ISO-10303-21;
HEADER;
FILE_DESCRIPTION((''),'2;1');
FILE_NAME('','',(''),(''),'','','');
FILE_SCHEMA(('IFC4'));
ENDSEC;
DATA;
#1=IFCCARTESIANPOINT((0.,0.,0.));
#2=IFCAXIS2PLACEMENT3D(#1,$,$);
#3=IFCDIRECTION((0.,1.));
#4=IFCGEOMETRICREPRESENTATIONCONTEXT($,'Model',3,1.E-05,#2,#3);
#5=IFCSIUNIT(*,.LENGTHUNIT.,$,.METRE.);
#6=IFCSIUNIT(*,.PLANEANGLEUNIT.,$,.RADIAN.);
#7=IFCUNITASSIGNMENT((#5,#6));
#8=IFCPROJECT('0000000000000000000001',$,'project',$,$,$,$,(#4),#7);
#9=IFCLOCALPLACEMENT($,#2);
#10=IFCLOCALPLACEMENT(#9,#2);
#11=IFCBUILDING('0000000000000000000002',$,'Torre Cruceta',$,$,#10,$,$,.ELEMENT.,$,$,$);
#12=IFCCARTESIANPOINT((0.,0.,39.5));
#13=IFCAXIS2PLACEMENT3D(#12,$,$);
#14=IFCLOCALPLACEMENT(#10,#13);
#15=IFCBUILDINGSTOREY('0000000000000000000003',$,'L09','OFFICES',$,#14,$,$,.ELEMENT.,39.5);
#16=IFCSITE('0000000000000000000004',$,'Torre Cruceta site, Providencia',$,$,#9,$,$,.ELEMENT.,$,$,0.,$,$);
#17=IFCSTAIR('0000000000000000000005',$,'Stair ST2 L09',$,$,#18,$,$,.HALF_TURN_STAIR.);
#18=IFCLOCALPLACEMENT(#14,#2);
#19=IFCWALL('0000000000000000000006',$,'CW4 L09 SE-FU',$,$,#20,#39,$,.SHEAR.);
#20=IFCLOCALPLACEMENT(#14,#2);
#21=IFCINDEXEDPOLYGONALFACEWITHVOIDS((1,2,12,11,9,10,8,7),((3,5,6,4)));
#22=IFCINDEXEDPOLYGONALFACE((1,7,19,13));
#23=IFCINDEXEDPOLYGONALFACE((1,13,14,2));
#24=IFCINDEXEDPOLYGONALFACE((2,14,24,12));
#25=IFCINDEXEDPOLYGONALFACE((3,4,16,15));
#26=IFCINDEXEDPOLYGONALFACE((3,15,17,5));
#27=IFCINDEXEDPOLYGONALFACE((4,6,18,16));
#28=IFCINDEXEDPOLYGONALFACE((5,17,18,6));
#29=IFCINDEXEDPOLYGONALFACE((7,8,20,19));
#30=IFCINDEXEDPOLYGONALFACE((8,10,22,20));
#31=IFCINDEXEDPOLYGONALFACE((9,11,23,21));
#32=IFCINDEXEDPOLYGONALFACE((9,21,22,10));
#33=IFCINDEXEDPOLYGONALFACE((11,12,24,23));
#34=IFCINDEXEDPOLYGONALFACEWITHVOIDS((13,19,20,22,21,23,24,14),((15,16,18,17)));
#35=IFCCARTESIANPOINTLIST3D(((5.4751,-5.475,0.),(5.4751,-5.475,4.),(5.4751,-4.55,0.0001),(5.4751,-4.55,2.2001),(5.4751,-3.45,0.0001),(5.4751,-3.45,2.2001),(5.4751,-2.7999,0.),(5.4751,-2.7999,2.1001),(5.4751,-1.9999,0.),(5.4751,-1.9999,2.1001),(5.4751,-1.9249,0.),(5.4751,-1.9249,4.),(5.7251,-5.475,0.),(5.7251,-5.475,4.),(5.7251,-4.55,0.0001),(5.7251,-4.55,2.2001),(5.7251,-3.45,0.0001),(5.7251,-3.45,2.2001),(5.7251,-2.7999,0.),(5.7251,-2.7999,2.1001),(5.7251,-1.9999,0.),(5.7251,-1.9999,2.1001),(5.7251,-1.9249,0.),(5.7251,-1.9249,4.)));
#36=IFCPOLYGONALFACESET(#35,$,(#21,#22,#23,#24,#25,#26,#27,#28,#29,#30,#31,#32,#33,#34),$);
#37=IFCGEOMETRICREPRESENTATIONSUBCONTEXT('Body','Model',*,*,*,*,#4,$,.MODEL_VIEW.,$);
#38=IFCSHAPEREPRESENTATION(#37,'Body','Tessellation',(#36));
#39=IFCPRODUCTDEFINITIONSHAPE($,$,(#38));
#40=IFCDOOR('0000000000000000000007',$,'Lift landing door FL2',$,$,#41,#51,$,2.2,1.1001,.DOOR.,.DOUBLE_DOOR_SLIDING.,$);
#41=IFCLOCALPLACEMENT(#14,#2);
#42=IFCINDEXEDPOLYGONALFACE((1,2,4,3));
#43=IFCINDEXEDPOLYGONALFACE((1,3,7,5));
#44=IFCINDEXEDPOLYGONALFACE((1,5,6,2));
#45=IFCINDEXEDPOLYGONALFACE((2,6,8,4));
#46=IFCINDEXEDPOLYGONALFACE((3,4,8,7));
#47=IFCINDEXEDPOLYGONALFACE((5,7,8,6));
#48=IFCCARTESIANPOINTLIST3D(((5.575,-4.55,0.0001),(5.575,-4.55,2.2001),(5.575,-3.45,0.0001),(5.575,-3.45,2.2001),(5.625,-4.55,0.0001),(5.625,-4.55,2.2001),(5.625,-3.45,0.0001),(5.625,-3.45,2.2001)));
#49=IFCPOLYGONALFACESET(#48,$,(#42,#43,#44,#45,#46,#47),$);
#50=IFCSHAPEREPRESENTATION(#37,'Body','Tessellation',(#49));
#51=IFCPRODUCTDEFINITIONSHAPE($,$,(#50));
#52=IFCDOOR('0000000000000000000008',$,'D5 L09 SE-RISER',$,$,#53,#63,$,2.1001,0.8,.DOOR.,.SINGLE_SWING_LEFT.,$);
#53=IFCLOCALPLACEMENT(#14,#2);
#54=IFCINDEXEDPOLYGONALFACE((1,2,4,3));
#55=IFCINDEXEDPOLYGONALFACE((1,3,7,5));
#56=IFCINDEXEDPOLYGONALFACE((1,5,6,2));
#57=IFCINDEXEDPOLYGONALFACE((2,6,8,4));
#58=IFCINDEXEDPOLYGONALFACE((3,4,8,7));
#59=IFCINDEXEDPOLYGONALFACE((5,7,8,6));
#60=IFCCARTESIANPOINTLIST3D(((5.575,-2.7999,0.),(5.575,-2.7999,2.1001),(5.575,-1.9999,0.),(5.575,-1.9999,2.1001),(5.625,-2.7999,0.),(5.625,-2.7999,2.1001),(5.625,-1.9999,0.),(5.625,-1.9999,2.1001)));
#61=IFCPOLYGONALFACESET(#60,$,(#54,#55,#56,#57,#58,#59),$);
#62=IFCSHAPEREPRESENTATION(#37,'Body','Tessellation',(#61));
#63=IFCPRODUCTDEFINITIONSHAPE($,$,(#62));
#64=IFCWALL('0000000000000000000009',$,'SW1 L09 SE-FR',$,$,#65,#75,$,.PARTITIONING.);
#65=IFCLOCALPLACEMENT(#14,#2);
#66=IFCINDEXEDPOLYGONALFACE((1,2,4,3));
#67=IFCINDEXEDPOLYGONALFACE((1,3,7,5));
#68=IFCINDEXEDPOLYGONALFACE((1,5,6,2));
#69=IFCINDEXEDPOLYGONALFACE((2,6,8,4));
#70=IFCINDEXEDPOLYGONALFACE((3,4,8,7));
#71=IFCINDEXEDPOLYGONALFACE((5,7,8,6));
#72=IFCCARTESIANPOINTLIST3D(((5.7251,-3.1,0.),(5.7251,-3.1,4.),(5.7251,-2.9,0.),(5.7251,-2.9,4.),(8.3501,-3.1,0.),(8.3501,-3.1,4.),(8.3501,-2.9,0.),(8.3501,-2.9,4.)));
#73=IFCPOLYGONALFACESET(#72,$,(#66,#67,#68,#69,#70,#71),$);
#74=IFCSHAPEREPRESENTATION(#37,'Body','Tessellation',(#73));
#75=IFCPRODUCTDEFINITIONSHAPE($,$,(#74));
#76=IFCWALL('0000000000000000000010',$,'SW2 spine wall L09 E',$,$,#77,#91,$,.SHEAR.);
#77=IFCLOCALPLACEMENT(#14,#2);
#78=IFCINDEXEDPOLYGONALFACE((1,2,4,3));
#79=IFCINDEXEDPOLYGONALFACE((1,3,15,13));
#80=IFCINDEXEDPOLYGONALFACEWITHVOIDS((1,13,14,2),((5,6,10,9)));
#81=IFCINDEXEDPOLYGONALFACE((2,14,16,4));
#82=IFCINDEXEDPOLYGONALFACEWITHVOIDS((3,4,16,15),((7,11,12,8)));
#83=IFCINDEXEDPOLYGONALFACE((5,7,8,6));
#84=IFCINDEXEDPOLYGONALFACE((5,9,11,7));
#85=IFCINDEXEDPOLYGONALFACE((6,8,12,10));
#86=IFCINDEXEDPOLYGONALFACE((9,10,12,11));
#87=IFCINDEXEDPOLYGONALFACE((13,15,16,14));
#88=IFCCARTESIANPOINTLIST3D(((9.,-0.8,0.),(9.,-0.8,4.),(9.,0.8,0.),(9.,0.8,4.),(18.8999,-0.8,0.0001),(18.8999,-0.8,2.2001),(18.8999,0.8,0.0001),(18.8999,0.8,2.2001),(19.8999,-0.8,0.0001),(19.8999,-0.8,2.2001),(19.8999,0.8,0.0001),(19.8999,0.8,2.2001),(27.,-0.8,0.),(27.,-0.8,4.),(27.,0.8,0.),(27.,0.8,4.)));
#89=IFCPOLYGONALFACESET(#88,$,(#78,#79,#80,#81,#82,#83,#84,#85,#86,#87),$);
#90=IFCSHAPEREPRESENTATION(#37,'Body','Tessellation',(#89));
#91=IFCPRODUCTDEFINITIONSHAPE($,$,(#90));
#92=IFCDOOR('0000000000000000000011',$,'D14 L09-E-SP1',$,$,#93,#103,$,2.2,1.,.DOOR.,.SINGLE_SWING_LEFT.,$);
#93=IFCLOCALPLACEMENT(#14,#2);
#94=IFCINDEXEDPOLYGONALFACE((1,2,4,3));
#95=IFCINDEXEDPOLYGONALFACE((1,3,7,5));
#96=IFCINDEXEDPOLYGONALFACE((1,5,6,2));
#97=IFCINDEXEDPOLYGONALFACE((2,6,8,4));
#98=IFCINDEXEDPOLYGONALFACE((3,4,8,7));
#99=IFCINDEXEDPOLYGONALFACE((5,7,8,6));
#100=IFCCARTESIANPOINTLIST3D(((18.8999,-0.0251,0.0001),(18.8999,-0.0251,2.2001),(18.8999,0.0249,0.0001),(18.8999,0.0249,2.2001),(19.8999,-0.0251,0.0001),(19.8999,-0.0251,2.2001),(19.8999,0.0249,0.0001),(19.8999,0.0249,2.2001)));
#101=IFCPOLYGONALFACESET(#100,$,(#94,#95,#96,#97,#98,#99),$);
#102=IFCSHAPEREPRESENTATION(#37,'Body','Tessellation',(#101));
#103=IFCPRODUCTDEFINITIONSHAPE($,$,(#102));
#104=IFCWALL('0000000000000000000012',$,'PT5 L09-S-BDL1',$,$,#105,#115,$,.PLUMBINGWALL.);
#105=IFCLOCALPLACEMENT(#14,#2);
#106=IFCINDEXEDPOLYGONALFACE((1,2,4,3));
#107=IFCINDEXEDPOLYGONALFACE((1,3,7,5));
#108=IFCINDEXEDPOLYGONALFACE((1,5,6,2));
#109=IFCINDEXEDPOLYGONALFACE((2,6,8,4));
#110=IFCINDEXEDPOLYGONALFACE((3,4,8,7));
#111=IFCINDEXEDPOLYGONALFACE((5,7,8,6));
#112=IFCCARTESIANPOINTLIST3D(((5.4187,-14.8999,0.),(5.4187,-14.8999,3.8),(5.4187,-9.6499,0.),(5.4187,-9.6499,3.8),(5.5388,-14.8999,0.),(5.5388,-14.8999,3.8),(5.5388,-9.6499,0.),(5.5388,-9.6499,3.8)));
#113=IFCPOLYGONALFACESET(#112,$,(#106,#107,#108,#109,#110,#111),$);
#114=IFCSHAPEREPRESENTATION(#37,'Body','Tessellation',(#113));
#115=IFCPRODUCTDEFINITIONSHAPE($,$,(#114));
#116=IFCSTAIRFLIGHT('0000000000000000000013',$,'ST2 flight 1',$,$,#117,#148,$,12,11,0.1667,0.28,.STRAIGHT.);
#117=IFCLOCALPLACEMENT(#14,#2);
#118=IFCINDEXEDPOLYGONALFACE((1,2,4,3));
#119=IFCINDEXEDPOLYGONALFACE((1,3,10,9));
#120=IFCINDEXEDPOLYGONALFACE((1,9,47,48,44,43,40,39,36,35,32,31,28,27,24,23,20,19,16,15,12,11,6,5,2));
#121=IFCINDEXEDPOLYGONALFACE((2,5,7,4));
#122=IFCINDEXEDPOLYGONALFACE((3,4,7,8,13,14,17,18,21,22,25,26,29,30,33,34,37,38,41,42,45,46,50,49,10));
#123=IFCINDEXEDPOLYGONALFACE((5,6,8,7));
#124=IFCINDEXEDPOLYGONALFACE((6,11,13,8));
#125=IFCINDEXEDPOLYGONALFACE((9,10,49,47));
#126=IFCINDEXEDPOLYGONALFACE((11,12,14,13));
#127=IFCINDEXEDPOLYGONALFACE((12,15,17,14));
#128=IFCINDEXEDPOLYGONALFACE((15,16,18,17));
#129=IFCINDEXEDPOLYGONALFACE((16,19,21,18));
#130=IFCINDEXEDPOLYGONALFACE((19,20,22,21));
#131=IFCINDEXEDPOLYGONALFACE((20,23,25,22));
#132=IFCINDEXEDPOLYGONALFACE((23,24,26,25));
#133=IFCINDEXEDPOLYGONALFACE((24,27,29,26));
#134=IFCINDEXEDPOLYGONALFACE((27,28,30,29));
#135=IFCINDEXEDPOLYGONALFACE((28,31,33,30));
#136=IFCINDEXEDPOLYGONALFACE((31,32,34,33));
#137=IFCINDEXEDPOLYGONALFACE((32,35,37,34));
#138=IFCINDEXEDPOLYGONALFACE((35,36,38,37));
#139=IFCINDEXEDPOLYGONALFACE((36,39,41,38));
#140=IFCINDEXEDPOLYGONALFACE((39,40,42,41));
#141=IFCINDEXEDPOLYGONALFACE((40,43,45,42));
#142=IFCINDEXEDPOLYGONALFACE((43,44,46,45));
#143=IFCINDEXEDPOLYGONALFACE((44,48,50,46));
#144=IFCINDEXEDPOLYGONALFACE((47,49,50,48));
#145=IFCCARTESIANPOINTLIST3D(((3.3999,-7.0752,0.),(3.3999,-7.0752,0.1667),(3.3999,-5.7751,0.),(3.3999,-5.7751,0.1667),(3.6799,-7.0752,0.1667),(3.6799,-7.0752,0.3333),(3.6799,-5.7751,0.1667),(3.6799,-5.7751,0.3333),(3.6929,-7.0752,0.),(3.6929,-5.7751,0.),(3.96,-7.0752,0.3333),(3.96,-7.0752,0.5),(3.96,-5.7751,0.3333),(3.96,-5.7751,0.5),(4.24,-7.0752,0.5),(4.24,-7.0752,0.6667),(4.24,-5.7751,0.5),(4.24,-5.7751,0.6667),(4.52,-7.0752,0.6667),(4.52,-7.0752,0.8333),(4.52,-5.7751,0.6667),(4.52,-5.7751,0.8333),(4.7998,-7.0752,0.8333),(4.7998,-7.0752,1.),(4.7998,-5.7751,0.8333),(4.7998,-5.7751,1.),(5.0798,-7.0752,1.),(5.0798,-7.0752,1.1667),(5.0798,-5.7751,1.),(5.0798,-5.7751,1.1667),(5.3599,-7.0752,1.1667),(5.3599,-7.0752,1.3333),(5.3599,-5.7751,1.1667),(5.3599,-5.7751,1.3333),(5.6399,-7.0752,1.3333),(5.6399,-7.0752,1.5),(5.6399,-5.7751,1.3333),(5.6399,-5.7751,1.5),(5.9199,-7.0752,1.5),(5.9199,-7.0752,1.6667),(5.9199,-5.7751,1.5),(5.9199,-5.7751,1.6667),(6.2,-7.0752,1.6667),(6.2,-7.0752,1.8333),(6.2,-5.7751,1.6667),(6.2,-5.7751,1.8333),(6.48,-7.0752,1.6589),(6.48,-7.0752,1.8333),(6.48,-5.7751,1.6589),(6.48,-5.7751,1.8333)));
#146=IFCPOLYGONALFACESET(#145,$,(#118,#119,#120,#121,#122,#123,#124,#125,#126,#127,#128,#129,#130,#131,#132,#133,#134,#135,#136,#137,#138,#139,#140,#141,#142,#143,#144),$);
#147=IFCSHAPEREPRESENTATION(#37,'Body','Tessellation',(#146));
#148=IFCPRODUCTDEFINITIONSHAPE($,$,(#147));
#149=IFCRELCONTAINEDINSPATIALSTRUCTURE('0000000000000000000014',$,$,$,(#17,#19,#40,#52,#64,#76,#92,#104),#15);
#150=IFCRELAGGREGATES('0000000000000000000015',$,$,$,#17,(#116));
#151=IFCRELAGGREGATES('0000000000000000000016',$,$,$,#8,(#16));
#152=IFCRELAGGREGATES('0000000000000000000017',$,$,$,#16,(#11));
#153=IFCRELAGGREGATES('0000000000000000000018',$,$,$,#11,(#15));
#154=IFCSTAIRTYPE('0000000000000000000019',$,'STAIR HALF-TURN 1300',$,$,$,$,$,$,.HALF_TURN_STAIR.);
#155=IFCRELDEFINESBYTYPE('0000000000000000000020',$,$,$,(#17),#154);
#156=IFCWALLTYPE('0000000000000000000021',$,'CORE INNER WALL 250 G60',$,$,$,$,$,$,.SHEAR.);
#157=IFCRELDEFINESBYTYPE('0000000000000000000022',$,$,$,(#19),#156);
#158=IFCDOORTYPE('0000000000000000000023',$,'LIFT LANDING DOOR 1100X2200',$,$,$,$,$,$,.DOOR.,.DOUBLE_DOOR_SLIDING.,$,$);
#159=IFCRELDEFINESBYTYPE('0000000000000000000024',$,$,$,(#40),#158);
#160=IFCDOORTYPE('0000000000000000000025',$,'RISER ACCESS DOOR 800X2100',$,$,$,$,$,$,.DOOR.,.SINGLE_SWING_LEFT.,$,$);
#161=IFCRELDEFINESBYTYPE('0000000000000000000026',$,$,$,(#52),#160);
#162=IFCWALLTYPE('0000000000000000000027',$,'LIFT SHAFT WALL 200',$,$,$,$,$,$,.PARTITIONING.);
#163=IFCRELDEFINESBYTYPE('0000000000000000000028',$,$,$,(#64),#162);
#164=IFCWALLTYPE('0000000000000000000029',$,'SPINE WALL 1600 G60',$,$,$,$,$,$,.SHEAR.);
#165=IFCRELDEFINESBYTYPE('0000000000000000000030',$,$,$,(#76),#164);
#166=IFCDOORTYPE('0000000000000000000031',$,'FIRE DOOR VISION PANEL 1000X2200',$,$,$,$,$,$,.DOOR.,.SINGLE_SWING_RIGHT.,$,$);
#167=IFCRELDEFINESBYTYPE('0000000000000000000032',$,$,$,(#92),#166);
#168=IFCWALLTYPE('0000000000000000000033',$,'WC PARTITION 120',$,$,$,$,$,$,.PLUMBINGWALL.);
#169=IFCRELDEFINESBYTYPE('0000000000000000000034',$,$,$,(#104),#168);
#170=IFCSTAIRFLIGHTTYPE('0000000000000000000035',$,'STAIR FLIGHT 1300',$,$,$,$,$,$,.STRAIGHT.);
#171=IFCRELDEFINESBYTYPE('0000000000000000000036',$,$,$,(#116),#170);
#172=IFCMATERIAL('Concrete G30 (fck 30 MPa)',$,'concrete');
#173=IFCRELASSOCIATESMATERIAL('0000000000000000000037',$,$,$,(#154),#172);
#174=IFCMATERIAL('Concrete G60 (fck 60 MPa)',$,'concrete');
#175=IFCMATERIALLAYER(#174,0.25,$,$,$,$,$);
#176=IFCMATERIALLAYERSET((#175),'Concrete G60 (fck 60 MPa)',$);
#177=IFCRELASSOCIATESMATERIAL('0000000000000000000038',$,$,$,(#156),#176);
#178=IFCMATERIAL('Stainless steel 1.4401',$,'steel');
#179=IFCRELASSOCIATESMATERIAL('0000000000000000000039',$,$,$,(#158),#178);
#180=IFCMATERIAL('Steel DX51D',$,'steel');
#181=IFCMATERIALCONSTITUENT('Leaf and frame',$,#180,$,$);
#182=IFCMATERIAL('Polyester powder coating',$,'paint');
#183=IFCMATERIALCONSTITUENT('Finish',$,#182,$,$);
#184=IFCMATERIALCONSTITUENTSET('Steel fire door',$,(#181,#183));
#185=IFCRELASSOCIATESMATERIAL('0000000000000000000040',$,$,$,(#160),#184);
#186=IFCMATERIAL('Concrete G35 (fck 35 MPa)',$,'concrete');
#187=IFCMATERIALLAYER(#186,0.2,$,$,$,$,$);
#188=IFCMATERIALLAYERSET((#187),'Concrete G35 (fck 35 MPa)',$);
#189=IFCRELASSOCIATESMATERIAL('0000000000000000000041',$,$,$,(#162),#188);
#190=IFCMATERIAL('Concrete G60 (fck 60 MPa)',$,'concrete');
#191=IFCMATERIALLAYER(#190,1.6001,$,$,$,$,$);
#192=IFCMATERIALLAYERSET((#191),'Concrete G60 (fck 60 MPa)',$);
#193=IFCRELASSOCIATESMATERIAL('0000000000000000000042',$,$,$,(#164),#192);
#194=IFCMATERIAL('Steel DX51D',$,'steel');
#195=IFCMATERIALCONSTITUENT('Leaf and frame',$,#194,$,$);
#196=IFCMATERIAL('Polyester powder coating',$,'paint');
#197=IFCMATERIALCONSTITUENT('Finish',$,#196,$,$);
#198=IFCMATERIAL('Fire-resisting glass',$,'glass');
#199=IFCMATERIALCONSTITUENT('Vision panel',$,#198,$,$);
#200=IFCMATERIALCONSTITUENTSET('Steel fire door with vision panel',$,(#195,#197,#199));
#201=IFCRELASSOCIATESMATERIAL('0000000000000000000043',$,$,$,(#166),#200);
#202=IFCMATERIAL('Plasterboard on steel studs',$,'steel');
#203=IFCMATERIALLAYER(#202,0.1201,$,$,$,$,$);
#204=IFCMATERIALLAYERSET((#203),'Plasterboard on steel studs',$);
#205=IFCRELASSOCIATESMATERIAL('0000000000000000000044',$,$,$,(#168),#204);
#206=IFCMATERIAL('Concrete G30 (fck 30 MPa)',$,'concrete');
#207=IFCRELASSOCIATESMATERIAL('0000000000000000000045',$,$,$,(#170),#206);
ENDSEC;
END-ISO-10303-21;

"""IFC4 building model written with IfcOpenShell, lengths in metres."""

from ifc_helpers import new_model, si_unit, direction, frame, frame_2d, origin, place, context, subcontext, project, spatial, polyline, rectangle, outline, extrude, material, layer, layer_set, constituent, constituent_set, type_object, element, fill, aggregate, save


model = new_model("IFC4")

# Units and contexts
model_context = context("Model", 3, precision=1e-05, world=origin(), true_north=direction((0.0, 1.0)))
body_context = subcontext(model_context, "Body", "Model", "MODEL_VIEW")
ifc_project = project(units=[si_unit("LENGTHUNIT", "METRE"), si_unit("PLANEANGLEUNIT", "RADIAN")], contexts=[model_context])

# Site, building, storey
site_placement = place(None, origin())
site = spatial("IfcSite", under=ifc_project, at=site_placement, Name="Torre Cruceta site, Providencia", CompositionType="ELEMENT", RefElevation=0.0)
building_placement = place(site_placement, origin())
building = spatial("IfcBuilding", under=site, at=building_placement, Name="Torre Cruceta", CompositionType="ELEMENT")
storey_placement = place(building_placement, frame((0.0, 0.0, 39.5)))
storey = spatial("IfcBuildingStorey", under=building, at=storey_placement, Name="L09", Description="OFFICES", CompositionType="ELEMENT", Elevation=39.5)

# Stair
ifc_material_1 = material(Name="Concrete G30 (fck 30 MPa)", Category="concrete")
stair_type = type_object("IfcStairType", Name="STAIR HALF-TURN 1300", PredefinedType="HALF_TURN_STAIR", material=ifc_material_1)
stair_1_placement = place(storey_placement, origin())
stair_1 = element("IfcStair", 1, at=stair_1_placement, inside=storey, type_object=stair_type, Name="Stair ST2 L09", PredefinedType="HALF_TURN_STAIR")

# Shared definitions
ifc_material_2 = material(Name="Concrete G60 (fck 60 MPa)", Category="concrete")
ifc_layer_1 = layer(ifc_material_2, 0.25)
ifc_layer_set_1 = layer_set([ifc_layer_1], Name="Concrete G60 (fck 60 MPa)")
wall_type_1 = type_object("IfcWallType", Name="CORE INNER WALL 250 G60", PredefinedType="SHEAR", material=ifc_layer_set_1)

# Wall, openings, doors
wall_1_placement = place(storey_placement, frame((5.6001, -1.925, 0.0), z_axis=(0.0, 0.0, 1.0), x_axis=(0.0, -1.0, 0.0)))
wall_1 = element("IfcWall", 2, at=wall_1_placement, inside=storey, type_object=wall_type_1, Name="CW4 L09 SE-FU", PredefinedType="SHEAR", context=body_context, shape_type="SweptSolid", body=[
    extrude(rectangle(XDim=3.55, YDim=0.25, at=frame_2d((1.7749, 0.0))), origin(), (0.0, 0.0, 1.0), 4.0),
])
opening_1_placement = place(wall_1_placement, frame((1.5249, 0.0, 0.0)))
opening_1 = element("IfcOpeningElement", 3, at=opening_1_placement, cuts=wall_1, PredefinedType="OPENING", context=body_context, shape_type="SweptSolid", body=[
    extrude(rectangle(XDim=1.1001, YDim=2.2, at=frame_2d((0.55, 1.1001))), frame((0.0, 0.135, 0.0), z_axis=(0.0, -1.0, 0.0), x_axis=(1.0, 0.0, 0.0)), (0.0, 0.0, 1.0), 0.27),
])
opening_2_placement = place(wall_1_placement, frame((0.075, 0.0, 0.0)))
opening_2 = element("IfcOpeningElement", 4, at=opening_2_placement, cuts=wall_1, PredefinedType="OPENING", context=body_context, shape_type="SweptSolid", body=[
    extrude(rectangle(XDim=0.8, YDim=2.1001, at=frame_2d((0.3999, 1.05))), frame((0.0, 0.135, 0.0), z_axis=(0.0, -1.0, 0.0), x_axis=(1.0, 0.0, 0.0)), (0.0, 0.0, 1.0), 0.27),
])
ifc_material_3 = material(Name="Stainless steel 1.4401", Category="steel")
door_type_1 = type_object("IfcDoorType", Name="LIFT LANDING DOOR 1100X2200", OperationType="DOUBLE_DOOR_SLIDING", PredefinedType="DOOR", material=ifc_material_3)
door_1_placement = place(opening_1_placement, origin())
door_1 = element("IfcDoor", 5, at=door_1_placement, inside=storey, type_object=door_type_1, Name="Lift landing door FL2", OperationType="DOUBLE_DOOR_SLIDING", OverallHeight=2.2, OverallWidth=1.1001, PredefinedType="DOOR", context=body_context, shape_type="SweptSolid", body=[
    extrude(rectangle(XDim=1.1001, YDim=2.2, at=frame_2d((0.55, 1.1001))), frame((0.0, 0.0249, 0.0), z_axis=(0.0, -1.0, 0.0), x_axis=(1.0, 0.0, 0.0)), (0.0, 0.0, 1.0), 0.05),
])
fill(opening_1, door_1)
ifc_material_4 = material(Name="Steel DX51D", Category="steel")
ifc_constituent_1 = constituent(ifc_material_4, Name="Leaf and frame")
ifc_material_5 = material(Name="Polyester powder coating", Category="paint")
ifc_constituent_2 = constituent(ifc_material_5, Name="Finish")
ifc_constituent_set_1 = constituent_set(constituents=[ifc_constituent_1, ifc_constituent_2], Name="Steel fire door")
door_type_2 = type_object("IfcDoorType", Name="RISER ACCESS DOOR 800X2100", OperationType="SINGLE_SWING_LEFT", PredefinedType="DOOR", material=ifc_constituent_set_1)
door_2_placement = place(opening_2_placement, origin())
door_2 = element("IfcDoor", 6, at=door_2_placement, inside=storey, type_object=door_type_2, Name="D5 L09 SE-RISER", OperationType="SINGLE_SWING_LEFT", OverallHeight=2.1001, OverallWidth=0.8, PredefinedType="DOOR", context=body_context, shape_type="SweptSolid", body=[
    extrude(rectangle(XDim=0.8, YDim=2.1001, at=frame_2d((0.3999, 1.05))), frame((0.0, 0.0249, 0.0), z_axis=(0.0, -1.0, 0.0), x_axis=(1.0, 0.0, 0.0)), (0.0, 0.0, 1.0), 0.05),
])
fill(opening_2, door_2)

# Wall
ifc_material_6 = material(Name="Concrete G35 (fck 35 MPa)", Category="concrete")
ifc_layer_2 = layer(ifc_material_6, 0.2)
ifc_layer_set_2 = layer_set([ifc_layer_2], Name="Concrete G35 (fck 35 MPa)")
wall_type_2 = type_object("IfcWallType", Name="LIFT SHAFT WALL 200", PredefinedType="PARTITIONING", material=ifc_layer_set_2)
wall_2_placement = place(storey_placement, frame((5.7251, -3.0, 0.0), z_axis=(0.0, 0.0, 1.0), x_axis=(1.0, 0.0, 0.0)))
element("IfcWall", 7, at=wall_2_placement, inside=storey, type_object=wall_type_2, Name="SW1 L09 SE-FR", PredefinedType="PARTITIONING", context=body_context, shape_type="SweptSolid", body=[
    extrude(rectangle(XDim=2.625, YDim=0.2, at=frame_2d((1.3125, 0.0))), origin(), (0.0, 0.0, 1.0), 4.0),
])

# Wall, opening, door
ifc_material_7 = material(Name="Concrete G60 (fck 60 MPa)", Category="concrete")
ifc_layer_3 = layer(ifc_material_7, 1.6001)
ifc_layer_set_3 = layer_set([ifc_layer_3], Name="Concrete G60 (fck 60 MPa)")
wall_type_3 = type_object("IfcWallType", Name="SPINE WALL 1600 G60", PredefinedType="SHEAR", material=ifc_layer_set_3)
wall_3_placement = place(storey_placement, frame((9.0, 0.0, 0.0), z_axis=(0.0, 0.0, 1.0), x_axis=(1.0, 0.0, 0.0)))
wall_3 = element("IfcWall", 8, at=wall_3_placement, inside=storey, type_object=wall_type_3, Name="SW2 spine wall L09 E", PredefinedType="SHEAR", context=body_context, shape_type="SweptSolid", body=[
    extrude(rectangle(XDim=18.0, YDim=1.6001, at=frame_2d((9.0, 0.0))), origin(), (0.0, 0.0, 1.0), 4.0),
])
opening_3_placement = place(wall_3_placement, frame((9.8999, 0.0, 0.0)))
opening_3 = element("IfcOpeningElement", 9, at=opening_3_placement, cuts=wall_3, PredefinedType="OPENING", context=body_context, shape_type="SweptSolid", body=[
    extrude(rectangle(XDim=1.0, YDim=2.2, at=frame_2d((0.5, 1.1001))), frame((0.0, 0.8101, 0.0), z_axis=(0.0, -1.0, 0.0), x_axis=(1.0, 0.0, 0.0)), (0.0, 0.0, 1.0), 1.6201),
])
ifc_material_8 = material(Name="Steel DX51D", Category="steel")
ifc_constituent_3 = constituent(ifc_material_8, Name="Leaf and frame")
ifc_material_9 = material(Name="Polyester powder coating", Category="paint")
ifc_constituent_4 = constituent(ifc_material_9, Name="Finish")
ifc_material_10 = material(Name="Fire-resisting glass", Category="glass")
ifc_constituent_5 = constituent(ifc_material_10, Name="Vision panel")
ifc_constituent_set_2 = constituent_set(constituents=[ifc_constituent_3, ifc_constituent_4, ifc_constituent_5], Name="Steel fire door with vision panel")
door_type_3 = type_object("IfcDoorType", Name="FIRE DOOR VISION PANEL 1000X2200", OperationType="SINGLE_SWING_RIGHT", PredefinedType="DOOR", material=ifc_constituent_set_2)
door_3_placement = place(opening_3_placement, frame((1.0, 0.0, 0.0), z_axis=(0.0, 0.0, 1.0), x_axis=(-1.0, 0.0, 0.0)))
door_3 = element("IfcDoor", 10, at=door_3_placement, inside=storey, type_object=door_type_3, Name="D14 L09-E-SP1", OperationType="SINGLE_SWING_LEFT", OverallHeight=2.2, OverallWidth=1.0, PredefinedType="DOOR", context=body_context, shape_type="SweptSolid", body=[
    extrude(rectangle(XDim=1.0, YDim=2.2, at=frame_2d((0.5, 1.1001))), frame((0.0, 0.0251, 0.0), z_axis=(0.0, -1.0, 0.0), x_axis=(1.0, 0.0, 0.0)), (0.0, 0.0, 1.0), 0.05),
])
fill(opening_3, door_3)

# Wall
ifc_material_11 = material(Name="Plasterboard on steel studs", Category="steel")
ifc_layer_4 = layer(ifc_material_11, 0.1201)
ifc_layer_set_4 = layer_set([ifc_layer_4], Name="Plasterboard on steel studs")
wall_type_4 = type_object("IfcWallType", Name="WC PARTITION 120", PredefinedType="PLUMBINGWALL", material=ifc_layer_set_4)
wall_4_placement = place(storey_placement, frame((5.4788, -9.6499, 0.0), z_axis=(0.0, 0.0, 1.0), x_axis=(0.0, -1.0, 0.0)))
element("IfcWall", 11, at=wall_4_placement, inside=storey, type_object=wall_type_4, Name="PT5 L09-S-BDL1", PredefinedType="PLUMBINGWALL", context=body_context, shape_type="SweptSolid", body=[
    extrude(rectangle(XDim=5.25, YDim=0.1201, at=frame_2d((2.625, 0.0))), origin(), (0.0, 0.0, 1.0), 3.8),
])

# Stair flight
ifc_material_12 = material(Name="Concrete G30 (fck 30 MPa)", Category="concrete")
stair_flight_type = type_object("IfcStairFlightType", Name="STAIR FLIGHT 1300", PredefinedType="STRAIGHT", material=ifc_material_12)
stair_flight_1_placement = place(storey_placement, frame((3.3999, -6.425, 0.0), z_axis=(0.0, 0.0, 1.0), x_axis=(1.0, 0.0, 0.0)))
stair_flight_1 = element("IfcStairFlight", 12, at=stair_flight_1_placement, type_object=stair_flight_type, Name="ST2 flight 1", NumberOfRisers=12, NumberOfTreads=11, PredefinedType="STRAIGHT", RiserHeight=0.1667, TreadLength=0.28, context=body_context, shape_type="SweptSolid", body=[
    extrude(outline(polyline([(0.0, 0.0), (0.0, 0.1667), (0.28, 0.1667), (0.28, 0.3333), (0.5601, 0.3333), (0.5601, 0.5), (0.8401, 0.5), (0.8401, 0.6667), (1.1201, 0.6667), (1.1201, 0.8333), (1.3999, 0.8333), (1.3999, 1.0), (1.6799, 1.0), (1.6799, 1.1667), (1.96, 1.1667), (1.96, 1.3333), (2.24, 1.3333), (2.24, 1.5), (2.52, 1.5), (2.52, 1.6667), (2.8, 1.6667), (2.8, 1.8333), (3.0801, 1.8333), (3.0801, 2.0), (3.0801, 1.6589), (0.293, 0.0), (0.0, 0.0)])), frame((0.0, 0.6499, 0.0), z_axis=(0.0, -1.0, 0.0), x_axis=(1.0, 0.0, 0.0)), (0.0, 0.0, 1.0), 1.3),
])
aggregate(stair_1, [stair_flight_1])

save(model, "model.ifc")
